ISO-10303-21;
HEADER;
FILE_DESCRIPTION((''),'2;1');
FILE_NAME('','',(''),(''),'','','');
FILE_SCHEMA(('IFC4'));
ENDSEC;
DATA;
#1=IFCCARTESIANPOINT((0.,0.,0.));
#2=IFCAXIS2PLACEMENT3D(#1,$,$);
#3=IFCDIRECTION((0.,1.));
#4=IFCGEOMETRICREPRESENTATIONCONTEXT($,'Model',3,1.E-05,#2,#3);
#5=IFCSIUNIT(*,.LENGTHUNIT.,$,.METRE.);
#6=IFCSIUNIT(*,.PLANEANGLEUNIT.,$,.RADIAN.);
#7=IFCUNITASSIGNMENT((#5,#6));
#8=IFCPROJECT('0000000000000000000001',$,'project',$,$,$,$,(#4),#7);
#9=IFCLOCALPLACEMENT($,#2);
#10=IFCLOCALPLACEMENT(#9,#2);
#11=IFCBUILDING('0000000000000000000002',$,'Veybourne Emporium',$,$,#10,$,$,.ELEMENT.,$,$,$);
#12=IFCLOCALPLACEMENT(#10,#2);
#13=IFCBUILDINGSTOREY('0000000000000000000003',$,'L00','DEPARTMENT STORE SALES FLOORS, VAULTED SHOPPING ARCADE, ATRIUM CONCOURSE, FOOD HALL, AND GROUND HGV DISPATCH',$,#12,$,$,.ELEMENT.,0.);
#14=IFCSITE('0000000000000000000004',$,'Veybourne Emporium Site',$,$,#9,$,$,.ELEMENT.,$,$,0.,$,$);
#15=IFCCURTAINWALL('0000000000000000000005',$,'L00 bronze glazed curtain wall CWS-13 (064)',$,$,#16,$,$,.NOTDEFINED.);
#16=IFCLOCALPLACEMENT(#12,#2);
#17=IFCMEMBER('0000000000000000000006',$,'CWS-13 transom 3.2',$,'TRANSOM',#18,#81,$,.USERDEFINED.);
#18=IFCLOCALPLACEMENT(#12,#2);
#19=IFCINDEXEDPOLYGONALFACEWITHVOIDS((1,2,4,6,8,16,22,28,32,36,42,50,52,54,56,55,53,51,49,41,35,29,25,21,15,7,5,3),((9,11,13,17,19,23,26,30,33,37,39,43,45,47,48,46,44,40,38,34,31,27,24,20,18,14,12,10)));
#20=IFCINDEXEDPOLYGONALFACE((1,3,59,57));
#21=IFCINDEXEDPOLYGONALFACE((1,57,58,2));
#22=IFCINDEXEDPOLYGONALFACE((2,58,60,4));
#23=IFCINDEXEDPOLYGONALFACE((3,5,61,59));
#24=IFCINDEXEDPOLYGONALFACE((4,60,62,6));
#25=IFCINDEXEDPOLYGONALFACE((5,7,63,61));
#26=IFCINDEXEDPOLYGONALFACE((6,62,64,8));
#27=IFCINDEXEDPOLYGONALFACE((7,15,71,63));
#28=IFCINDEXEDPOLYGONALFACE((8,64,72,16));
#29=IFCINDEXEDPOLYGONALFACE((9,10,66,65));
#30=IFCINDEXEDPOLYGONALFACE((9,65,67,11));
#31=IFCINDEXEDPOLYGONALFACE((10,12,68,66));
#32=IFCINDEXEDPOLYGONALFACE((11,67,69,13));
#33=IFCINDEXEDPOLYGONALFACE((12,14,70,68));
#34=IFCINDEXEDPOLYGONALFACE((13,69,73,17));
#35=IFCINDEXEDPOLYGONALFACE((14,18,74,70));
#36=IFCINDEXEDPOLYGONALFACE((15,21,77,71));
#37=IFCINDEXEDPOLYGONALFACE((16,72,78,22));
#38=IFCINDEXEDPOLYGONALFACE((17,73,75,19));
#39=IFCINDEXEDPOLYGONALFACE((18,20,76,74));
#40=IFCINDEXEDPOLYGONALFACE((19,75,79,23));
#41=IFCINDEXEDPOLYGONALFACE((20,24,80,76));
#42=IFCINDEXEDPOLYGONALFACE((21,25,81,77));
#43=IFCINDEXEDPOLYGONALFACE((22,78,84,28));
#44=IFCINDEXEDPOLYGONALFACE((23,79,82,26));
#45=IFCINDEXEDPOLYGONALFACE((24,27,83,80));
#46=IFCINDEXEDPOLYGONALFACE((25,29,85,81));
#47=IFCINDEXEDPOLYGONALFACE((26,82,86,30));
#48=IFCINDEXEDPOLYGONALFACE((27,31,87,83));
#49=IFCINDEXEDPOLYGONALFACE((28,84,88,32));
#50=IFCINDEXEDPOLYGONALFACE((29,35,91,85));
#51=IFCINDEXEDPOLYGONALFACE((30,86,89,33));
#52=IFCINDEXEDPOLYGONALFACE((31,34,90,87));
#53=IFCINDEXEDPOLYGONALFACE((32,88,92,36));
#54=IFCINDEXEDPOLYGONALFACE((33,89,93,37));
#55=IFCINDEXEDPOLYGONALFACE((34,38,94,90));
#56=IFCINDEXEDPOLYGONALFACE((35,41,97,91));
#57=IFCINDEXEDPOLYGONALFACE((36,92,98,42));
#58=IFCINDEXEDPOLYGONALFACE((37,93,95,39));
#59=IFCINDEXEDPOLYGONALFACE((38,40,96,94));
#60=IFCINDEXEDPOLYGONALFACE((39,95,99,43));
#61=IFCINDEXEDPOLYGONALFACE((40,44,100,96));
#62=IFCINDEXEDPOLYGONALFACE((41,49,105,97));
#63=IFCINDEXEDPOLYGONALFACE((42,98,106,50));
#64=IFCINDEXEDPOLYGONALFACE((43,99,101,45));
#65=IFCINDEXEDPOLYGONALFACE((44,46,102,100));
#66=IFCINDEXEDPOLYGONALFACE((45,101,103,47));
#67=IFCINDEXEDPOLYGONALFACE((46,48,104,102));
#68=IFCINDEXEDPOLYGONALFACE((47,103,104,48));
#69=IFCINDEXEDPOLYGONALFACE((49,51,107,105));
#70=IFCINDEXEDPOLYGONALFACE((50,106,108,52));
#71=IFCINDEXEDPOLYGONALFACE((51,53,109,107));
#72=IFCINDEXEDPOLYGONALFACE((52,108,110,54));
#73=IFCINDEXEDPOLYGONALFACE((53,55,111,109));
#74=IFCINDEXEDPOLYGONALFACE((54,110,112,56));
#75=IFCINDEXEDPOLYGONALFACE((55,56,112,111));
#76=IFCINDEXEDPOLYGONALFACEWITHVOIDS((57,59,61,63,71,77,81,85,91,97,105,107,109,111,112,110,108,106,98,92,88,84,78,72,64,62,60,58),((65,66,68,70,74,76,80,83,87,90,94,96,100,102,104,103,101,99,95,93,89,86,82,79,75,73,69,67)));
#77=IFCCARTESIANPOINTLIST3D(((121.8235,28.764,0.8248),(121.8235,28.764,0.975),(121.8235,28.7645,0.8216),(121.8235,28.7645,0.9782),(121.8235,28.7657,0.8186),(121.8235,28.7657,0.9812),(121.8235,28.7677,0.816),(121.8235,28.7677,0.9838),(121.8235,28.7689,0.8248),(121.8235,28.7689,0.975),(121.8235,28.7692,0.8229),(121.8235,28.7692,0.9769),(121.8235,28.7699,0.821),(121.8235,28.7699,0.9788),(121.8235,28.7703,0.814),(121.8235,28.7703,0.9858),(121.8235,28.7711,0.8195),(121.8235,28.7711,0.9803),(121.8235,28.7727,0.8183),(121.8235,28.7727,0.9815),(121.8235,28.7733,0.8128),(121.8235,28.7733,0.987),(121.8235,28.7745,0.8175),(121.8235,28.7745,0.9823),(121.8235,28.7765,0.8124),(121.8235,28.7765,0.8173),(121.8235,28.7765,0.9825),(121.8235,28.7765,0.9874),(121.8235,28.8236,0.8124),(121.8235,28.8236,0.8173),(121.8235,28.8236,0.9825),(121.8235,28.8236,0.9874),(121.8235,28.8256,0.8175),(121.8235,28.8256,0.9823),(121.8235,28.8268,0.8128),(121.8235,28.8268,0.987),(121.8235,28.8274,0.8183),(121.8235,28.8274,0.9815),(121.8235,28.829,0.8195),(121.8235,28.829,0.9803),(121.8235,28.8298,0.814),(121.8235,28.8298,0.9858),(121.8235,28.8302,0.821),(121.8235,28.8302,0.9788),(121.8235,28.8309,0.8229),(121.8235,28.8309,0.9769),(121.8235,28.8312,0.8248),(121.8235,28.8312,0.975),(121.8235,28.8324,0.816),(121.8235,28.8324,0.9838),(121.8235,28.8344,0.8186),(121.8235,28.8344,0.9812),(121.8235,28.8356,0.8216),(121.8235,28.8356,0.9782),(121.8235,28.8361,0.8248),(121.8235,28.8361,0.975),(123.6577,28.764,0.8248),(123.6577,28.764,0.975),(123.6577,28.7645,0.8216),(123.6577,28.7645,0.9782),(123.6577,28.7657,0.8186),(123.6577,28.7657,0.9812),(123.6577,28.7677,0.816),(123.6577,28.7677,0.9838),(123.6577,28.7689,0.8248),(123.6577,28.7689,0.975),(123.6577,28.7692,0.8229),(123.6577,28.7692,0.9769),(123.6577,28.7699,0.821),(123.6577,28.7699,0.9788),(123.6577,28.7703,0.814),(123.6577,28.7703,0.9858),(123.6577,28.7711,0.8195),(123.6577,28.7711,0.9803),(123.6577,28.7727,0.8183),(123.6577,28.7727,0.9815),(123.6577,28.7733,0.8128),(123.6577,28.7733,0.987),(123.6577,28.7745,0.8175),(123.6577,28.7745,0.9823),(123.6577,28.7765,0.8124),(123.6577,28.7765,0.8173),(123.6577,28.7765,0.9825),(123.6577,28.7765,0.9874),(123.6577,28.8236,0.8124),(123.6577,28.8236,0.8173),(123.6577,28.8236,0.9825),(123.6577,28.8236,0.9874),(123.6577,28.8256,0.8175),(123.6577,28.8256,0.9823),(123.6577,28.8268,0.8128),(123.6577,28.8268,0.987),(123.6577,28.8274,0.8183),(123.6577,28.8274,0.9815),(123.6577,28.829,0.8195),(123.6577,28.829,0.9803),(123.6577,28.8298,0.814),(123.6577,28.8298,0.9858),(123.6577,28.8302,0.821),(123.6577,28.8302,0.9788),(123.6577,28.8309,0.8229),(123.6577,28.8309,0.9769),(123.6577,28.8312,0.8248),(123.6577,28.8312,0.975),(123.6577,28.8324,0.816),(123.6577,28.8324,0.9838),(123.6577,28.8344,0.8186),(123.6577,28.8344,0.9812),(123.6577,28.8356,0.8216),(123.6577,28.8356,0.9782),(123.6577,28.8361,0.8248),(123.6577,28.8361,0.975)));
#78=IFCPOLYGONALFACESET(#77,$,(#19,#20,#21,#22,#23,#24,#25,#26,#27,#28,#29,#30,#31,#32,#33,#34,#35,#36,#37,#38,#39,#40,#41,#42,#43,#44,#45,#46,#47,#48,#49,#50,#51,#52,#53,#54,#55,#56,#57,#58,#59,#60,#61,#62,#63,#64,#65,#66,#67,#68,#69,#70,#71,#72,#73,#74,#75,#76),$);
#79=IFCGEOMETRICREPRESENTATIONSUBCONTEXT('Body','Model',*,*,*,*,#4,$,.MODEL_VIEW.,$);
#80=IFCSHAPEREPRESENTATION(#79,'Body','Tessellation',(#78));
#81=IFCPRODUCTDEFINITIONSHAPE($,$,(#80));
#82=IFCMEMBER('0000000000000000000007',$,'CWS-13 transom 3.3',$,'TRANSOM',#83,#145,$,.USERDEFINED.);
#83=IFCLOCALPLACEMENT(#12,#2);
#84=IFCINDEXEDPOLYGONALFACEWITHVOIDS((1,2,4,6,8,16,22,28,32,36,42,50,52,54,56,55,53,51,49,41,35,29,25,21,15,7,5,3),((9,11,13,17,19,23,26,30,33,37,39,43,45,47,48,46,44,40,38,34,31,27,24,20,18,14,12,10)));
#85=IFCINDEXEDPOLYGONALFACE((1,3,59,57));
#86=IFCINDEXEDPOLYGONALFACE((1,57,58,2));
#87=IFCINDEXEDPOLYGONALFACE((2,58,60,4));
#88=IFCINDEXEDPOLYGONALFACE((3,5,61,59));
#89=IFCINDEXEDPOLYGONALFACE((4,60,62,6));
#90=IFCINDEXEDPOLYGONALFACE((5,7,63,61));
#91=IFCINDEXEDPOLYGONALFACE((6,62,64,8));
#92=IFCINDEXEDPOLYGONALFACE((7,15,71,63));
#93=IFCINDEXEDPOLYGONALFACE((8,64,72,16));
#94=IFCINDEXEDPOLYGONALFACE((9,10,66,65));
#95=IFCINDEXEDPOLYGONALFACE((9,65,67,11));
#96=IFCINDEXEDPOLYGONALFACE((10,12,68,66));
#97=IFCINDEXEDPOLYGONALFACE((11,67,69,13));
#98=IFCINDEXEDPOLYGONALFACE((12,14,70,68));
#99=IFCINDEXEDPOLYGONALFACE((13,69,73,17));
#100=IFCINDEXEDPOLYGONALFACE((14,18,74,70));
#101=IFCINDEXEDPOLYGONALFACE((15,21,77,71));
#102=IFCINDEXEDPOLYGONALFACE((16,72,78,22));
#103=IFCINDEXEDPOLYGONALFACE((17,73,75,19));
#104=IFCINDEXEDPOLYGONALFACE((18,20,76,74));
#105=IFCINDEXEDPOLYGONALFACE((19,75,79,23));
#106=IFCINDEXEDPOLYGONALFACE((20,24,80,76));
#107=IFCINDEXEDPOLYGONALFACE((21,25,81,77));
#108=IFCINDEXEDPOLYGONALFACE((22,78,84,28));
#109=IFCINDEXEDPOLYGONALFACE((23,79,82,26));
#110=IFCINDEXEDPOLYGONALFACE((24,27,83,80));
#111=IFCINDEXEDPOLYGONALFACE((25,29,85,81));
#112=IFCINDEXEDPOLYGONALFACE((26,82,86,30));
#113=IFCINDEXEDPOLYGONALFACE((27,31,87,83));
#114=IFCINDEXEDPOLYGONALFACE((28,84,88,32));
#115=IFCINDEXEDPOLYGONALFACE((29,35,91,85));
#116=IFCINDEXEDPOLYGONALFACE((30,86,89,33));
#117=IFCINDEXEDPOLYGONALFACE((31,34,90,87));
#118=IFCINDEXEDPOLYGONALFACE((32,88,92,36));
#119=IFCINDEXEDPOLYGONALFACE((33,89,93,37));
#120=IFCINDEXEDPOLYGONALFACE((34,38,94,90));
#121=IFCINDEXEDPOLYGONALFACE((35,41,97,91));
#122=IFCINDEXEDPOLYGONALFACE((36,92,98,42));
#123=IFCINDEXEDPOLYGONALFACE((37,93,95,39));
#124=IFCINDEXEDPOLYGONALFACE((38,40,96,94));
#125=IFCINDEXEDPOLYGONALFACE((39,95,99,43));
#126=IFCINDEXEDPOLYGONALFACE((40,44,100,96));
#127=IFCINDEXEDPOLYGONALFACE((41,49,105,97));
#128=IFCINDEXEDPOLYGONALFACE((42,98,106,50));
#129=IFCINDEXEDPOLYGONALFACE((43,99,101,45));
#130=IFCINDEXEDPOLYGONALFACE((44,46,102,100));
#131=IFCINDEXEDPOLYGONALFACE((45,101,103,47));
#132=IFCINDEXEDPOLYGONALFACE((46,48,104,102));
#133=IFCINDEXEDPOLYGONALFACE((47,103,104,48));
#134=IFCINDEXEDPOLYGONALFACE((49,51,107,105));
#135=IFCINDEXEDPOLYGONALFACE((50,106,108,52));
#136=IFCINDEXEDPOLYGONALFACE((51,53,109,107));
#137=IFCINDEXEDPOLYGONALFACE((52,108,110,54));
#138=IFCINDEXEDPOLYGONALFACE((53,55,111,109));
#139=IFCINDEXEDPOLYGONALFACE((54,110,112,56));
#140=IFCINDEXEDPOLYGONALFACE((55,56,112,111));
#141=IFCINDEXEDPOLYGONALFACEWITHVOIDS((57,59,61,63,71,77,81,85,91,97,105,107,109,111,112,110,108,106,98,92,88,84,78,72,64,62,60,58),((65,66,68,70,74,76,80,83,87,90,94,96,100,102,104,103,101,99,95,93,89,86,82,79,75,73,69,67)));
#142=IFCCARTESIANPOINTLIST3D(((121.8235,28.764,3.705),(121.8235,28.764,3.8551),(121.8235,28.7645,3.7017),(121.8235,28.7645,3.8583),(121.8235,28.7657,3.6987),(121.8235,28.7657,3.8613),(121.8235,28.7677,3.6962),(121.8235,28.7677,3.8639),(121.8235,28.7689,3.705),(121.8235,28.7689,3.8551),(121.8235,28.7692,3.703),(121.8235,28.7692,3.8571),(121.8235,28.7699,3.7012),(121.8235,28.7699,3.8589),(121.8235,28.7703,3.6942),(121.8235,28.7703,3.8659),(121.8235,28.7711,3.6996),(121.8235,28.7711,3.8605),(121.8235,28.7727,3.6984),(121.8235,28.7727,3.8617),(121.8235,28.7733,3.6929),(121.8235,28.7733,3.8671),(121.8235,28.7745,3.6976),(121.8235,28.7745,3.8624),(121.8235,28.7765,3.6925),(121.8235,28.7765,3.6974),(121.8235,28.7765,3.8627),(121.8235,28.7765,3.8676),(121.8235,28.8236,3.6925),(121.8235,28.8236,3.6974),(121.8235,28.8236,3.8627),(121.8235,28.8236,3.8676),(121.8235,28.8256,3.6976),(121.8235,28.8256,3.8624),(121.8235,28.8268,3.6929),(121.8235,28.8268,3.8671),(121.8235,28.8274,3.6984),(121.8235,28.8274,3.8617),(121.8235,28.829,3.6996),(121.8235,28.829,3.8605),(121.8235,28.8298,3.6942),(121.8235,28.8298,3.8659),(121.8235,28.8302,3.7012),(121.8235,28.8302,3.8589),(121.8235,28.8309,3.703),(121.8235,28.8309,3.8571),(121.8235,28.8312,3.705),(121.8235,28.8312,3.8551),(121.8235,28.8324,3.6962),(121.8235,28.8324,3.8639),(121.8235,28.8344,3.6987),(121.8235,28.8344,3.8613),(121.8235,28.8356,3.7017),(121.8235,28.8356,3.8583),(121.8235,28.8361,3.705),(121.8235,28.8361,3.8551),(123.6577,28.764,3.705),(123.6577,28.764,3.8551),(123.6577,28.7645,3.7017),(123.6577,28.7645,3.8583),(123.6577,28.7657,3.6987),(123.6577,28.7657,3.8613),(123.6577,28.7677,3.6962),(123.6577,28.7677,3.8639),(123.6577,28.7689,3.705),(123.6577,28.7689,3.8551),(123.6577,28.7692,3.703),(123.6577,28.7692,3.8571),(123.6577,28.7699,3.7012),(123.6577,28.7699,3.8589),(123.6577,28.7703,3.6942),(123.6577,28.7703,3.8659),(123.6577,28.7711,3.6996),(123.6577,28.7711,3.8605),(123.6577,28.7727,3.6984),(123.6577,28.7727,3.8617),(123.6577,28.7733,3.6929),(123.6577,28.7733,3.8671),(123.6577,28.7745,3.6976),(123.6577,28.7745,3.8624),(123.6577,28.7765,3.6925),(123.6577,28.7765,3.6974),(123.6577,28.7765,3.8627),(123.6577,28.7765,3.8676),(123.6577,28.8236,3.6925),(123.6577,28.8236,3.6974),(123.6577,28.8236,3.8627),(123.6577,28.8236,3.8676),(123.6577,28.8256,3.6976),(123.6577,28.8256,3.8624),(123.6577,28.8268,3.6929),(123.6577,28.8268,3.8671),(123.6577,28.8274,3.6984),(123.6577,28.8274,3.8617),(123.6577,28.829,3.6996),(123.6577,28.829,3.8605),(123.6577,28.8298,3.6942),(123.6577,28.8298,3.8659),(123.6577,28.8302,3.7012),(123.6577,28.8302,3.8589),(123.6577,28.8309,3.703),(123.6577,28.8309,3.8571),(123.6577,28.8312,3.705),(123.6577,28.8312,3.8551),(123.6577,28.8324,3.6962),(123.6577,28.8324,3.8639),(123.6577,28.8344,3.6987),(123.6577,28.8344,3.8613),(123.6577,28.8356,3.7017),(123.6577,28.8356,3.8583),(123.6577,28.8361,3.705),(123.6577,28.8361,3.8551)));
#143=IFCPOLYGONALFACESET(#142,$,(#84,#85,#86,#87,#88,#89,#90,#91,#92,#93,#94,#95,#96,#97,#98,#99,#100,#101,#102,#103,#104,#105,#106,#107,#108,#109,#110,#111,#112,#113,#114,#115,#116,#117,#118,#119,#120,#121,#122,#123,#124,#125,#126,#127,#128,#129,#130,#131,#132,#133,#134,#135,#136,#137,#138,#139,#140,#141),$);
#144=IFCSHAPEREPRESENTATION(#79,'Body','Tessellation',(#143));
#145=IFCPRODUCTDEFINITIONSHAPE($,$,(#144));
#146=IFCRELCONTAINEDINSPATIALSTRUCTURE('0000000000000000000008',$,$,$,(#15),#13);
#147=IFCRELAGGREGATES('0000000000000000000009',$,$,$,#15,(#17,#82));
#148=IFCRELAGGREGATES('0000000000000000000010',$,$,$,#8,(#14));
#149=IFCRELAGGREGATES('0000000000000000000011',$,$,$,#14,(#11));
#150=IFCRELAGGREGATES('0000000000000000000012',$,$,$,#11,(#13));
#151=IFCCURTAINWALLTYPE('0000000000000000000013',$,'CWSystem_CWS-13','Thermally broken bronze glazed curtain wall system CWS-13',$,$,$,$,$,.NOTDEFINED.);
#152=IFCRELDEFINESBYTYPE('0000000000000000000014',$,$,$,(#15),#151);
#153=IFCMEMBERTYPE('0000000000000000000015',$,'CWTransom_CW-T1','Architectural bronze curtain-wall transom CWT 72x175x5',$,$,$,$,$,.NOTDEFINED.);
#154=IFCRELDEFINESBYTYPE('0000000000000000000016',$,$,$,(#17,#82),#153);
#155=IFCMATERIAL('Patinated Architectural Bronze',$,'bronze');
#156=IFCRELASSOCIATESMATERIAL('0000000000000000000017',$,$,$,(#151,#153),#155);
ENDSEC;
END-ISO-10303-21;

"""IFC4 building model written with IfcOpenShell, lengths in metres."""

from ifc_helpers import new_model, si_unit, direction, frame, origin, origin_2d, place, context, subcontext, project, spatial, hollow_rectangle, extrude, material, material_profile, profile_set, type_object, element, aggregate, save


model = new_model("IFC4")

# Units and contexts
model_context = context("Model", 3, precision=1e-05, world=origin(), true_north=direction((0.0, 1.0)))
body_context = subcontext(model_context, "Body", "Model", "MODEL_VIEW")
ifc_project = project(units=[si_unit("LENGTHUNIT", "METRE"), si_unit("PLANEANGLEUNIT", "RADIAN")], contexts=[model_context])

# Site, building, storey
site_placement = place(None, origin())
site = spatial("IfcSite", under=ifc_project, at=site_placement, Name="Veybourne Emporium Site", CompositionType="ELEMENT", RefElevation=0.0)
building_placement = place(site_placement, origin())
building = spatial("IfcBuilding", under=site, at=building_placement, Name="Veybourne Emporium", CompositionType="ELEMENT")
storey_placement = place(building_placement, origin())
storey = spatial("IfcBuildingStorey", under=building, at=storey_placement, Name="L00", Description="DEPARTMENT STORE SALES FLOORS, VAULTED SHOPPING ARCADE, ATRIUM CONCOURSE, FOOD HALL, AND GROUND HGV DISPATCH", CompositionType="ELEMENT", Elevation=0.0)

# Curtain wall
ifc_material_1 = material(Name="Patinated Architectural Bronze", Category="bronze")
curtain_wall_type_1 = type_object("IfcCurtainWallType", Name="CWSystem_CWS-13", Description="Thermally broken bronze glazed curtain wall system CWS-13", PredefinedType="NOTDEFINED", material=ifc_material_1)
curtain_wall_1_placement = place(storey_placement, origin())
curtain_wall_1 = element("IfcCurtainWall", 1, at=curtain_wall_1_placement, inside=storey, type_object=curtain_wall_type_1, Name="L00 bronze glazed curtain wall CWS-13 (064)", PredefinedType="NOTDEFINED")

# Members
ifc_material_profile_1 = material_profile(ifc_material_1, hollow_rectangle(XDim=0.072, YDim=0.175, WallThickness=0.0049, InnerFilletRadius=0.0076, OuterFilletRadius=0.0125, at=origin_2d()), Name="CWT 72x175x5")
ifc_profile_set_1 = profile_set([ifc_material_profile_1], Name="Patinated Architectural Bronze")
member_type_1 = type_object("IfcMemberType", Name="CWTransom_CW-T1", Description="Architectural bronze curtain-wall transom CWT 72x175x5", PredefinedType="NOTDEFINED", material=ifc_profile_set_1)
member_1_placement = place(storey_placement, frame((121.8235, 28.8, 0.8999), z_axis=(1.0, 0.0, 0.0), x_axis=(0.0, 1.0, 0.0)))
member_1 = element("IfcMember", 2, at=member_1_placement, type_object=member_type_1, Name="CWS-13 transom 3.2", ObjectType="TRANSOM", PredefinedType="USERDEFINED", context=body_context, shape_type="SweptSolid", body=[
    extrude(hollow_rectangle(XDim=0.072, YDim=0.175, WallThickness=0.0049, InnerFilletRadius=0.0076, OuterFilletRadius=0.0125, at=origin_2d()), origin(), (0.0, 0.0, 1.0), 1.8342),
])
member_2_placement = place(storey_placement, frame((121.8235, 28.8, 3.78), z_axis=(1.0, 0.0, 0.0), x_axis=(0.0, 1.0, 0.0)))
member_2 = element("IfcMember", 3, at=member_2_placement, type_object=member_type_1, Name="CWS-13 transom 3.3", ObjectType="TRANSOM", PredefinedType="USERDEFINED", context=body_context, shape_type="SweptSolid", body=[
    extrude(hollow_rectangle(XDim=0.072, YDim=0.175, WallThickness=0.0049, InnerFilletRadius=0.0076, OuterFilletRadius=0.0125, at=origin_2d()), origin(), (0.0, 0.0, 1.0), 1.8342),
])

aggregate(curtain_wall_1, [member_1, member_2])

save(model, "model.ifc")
